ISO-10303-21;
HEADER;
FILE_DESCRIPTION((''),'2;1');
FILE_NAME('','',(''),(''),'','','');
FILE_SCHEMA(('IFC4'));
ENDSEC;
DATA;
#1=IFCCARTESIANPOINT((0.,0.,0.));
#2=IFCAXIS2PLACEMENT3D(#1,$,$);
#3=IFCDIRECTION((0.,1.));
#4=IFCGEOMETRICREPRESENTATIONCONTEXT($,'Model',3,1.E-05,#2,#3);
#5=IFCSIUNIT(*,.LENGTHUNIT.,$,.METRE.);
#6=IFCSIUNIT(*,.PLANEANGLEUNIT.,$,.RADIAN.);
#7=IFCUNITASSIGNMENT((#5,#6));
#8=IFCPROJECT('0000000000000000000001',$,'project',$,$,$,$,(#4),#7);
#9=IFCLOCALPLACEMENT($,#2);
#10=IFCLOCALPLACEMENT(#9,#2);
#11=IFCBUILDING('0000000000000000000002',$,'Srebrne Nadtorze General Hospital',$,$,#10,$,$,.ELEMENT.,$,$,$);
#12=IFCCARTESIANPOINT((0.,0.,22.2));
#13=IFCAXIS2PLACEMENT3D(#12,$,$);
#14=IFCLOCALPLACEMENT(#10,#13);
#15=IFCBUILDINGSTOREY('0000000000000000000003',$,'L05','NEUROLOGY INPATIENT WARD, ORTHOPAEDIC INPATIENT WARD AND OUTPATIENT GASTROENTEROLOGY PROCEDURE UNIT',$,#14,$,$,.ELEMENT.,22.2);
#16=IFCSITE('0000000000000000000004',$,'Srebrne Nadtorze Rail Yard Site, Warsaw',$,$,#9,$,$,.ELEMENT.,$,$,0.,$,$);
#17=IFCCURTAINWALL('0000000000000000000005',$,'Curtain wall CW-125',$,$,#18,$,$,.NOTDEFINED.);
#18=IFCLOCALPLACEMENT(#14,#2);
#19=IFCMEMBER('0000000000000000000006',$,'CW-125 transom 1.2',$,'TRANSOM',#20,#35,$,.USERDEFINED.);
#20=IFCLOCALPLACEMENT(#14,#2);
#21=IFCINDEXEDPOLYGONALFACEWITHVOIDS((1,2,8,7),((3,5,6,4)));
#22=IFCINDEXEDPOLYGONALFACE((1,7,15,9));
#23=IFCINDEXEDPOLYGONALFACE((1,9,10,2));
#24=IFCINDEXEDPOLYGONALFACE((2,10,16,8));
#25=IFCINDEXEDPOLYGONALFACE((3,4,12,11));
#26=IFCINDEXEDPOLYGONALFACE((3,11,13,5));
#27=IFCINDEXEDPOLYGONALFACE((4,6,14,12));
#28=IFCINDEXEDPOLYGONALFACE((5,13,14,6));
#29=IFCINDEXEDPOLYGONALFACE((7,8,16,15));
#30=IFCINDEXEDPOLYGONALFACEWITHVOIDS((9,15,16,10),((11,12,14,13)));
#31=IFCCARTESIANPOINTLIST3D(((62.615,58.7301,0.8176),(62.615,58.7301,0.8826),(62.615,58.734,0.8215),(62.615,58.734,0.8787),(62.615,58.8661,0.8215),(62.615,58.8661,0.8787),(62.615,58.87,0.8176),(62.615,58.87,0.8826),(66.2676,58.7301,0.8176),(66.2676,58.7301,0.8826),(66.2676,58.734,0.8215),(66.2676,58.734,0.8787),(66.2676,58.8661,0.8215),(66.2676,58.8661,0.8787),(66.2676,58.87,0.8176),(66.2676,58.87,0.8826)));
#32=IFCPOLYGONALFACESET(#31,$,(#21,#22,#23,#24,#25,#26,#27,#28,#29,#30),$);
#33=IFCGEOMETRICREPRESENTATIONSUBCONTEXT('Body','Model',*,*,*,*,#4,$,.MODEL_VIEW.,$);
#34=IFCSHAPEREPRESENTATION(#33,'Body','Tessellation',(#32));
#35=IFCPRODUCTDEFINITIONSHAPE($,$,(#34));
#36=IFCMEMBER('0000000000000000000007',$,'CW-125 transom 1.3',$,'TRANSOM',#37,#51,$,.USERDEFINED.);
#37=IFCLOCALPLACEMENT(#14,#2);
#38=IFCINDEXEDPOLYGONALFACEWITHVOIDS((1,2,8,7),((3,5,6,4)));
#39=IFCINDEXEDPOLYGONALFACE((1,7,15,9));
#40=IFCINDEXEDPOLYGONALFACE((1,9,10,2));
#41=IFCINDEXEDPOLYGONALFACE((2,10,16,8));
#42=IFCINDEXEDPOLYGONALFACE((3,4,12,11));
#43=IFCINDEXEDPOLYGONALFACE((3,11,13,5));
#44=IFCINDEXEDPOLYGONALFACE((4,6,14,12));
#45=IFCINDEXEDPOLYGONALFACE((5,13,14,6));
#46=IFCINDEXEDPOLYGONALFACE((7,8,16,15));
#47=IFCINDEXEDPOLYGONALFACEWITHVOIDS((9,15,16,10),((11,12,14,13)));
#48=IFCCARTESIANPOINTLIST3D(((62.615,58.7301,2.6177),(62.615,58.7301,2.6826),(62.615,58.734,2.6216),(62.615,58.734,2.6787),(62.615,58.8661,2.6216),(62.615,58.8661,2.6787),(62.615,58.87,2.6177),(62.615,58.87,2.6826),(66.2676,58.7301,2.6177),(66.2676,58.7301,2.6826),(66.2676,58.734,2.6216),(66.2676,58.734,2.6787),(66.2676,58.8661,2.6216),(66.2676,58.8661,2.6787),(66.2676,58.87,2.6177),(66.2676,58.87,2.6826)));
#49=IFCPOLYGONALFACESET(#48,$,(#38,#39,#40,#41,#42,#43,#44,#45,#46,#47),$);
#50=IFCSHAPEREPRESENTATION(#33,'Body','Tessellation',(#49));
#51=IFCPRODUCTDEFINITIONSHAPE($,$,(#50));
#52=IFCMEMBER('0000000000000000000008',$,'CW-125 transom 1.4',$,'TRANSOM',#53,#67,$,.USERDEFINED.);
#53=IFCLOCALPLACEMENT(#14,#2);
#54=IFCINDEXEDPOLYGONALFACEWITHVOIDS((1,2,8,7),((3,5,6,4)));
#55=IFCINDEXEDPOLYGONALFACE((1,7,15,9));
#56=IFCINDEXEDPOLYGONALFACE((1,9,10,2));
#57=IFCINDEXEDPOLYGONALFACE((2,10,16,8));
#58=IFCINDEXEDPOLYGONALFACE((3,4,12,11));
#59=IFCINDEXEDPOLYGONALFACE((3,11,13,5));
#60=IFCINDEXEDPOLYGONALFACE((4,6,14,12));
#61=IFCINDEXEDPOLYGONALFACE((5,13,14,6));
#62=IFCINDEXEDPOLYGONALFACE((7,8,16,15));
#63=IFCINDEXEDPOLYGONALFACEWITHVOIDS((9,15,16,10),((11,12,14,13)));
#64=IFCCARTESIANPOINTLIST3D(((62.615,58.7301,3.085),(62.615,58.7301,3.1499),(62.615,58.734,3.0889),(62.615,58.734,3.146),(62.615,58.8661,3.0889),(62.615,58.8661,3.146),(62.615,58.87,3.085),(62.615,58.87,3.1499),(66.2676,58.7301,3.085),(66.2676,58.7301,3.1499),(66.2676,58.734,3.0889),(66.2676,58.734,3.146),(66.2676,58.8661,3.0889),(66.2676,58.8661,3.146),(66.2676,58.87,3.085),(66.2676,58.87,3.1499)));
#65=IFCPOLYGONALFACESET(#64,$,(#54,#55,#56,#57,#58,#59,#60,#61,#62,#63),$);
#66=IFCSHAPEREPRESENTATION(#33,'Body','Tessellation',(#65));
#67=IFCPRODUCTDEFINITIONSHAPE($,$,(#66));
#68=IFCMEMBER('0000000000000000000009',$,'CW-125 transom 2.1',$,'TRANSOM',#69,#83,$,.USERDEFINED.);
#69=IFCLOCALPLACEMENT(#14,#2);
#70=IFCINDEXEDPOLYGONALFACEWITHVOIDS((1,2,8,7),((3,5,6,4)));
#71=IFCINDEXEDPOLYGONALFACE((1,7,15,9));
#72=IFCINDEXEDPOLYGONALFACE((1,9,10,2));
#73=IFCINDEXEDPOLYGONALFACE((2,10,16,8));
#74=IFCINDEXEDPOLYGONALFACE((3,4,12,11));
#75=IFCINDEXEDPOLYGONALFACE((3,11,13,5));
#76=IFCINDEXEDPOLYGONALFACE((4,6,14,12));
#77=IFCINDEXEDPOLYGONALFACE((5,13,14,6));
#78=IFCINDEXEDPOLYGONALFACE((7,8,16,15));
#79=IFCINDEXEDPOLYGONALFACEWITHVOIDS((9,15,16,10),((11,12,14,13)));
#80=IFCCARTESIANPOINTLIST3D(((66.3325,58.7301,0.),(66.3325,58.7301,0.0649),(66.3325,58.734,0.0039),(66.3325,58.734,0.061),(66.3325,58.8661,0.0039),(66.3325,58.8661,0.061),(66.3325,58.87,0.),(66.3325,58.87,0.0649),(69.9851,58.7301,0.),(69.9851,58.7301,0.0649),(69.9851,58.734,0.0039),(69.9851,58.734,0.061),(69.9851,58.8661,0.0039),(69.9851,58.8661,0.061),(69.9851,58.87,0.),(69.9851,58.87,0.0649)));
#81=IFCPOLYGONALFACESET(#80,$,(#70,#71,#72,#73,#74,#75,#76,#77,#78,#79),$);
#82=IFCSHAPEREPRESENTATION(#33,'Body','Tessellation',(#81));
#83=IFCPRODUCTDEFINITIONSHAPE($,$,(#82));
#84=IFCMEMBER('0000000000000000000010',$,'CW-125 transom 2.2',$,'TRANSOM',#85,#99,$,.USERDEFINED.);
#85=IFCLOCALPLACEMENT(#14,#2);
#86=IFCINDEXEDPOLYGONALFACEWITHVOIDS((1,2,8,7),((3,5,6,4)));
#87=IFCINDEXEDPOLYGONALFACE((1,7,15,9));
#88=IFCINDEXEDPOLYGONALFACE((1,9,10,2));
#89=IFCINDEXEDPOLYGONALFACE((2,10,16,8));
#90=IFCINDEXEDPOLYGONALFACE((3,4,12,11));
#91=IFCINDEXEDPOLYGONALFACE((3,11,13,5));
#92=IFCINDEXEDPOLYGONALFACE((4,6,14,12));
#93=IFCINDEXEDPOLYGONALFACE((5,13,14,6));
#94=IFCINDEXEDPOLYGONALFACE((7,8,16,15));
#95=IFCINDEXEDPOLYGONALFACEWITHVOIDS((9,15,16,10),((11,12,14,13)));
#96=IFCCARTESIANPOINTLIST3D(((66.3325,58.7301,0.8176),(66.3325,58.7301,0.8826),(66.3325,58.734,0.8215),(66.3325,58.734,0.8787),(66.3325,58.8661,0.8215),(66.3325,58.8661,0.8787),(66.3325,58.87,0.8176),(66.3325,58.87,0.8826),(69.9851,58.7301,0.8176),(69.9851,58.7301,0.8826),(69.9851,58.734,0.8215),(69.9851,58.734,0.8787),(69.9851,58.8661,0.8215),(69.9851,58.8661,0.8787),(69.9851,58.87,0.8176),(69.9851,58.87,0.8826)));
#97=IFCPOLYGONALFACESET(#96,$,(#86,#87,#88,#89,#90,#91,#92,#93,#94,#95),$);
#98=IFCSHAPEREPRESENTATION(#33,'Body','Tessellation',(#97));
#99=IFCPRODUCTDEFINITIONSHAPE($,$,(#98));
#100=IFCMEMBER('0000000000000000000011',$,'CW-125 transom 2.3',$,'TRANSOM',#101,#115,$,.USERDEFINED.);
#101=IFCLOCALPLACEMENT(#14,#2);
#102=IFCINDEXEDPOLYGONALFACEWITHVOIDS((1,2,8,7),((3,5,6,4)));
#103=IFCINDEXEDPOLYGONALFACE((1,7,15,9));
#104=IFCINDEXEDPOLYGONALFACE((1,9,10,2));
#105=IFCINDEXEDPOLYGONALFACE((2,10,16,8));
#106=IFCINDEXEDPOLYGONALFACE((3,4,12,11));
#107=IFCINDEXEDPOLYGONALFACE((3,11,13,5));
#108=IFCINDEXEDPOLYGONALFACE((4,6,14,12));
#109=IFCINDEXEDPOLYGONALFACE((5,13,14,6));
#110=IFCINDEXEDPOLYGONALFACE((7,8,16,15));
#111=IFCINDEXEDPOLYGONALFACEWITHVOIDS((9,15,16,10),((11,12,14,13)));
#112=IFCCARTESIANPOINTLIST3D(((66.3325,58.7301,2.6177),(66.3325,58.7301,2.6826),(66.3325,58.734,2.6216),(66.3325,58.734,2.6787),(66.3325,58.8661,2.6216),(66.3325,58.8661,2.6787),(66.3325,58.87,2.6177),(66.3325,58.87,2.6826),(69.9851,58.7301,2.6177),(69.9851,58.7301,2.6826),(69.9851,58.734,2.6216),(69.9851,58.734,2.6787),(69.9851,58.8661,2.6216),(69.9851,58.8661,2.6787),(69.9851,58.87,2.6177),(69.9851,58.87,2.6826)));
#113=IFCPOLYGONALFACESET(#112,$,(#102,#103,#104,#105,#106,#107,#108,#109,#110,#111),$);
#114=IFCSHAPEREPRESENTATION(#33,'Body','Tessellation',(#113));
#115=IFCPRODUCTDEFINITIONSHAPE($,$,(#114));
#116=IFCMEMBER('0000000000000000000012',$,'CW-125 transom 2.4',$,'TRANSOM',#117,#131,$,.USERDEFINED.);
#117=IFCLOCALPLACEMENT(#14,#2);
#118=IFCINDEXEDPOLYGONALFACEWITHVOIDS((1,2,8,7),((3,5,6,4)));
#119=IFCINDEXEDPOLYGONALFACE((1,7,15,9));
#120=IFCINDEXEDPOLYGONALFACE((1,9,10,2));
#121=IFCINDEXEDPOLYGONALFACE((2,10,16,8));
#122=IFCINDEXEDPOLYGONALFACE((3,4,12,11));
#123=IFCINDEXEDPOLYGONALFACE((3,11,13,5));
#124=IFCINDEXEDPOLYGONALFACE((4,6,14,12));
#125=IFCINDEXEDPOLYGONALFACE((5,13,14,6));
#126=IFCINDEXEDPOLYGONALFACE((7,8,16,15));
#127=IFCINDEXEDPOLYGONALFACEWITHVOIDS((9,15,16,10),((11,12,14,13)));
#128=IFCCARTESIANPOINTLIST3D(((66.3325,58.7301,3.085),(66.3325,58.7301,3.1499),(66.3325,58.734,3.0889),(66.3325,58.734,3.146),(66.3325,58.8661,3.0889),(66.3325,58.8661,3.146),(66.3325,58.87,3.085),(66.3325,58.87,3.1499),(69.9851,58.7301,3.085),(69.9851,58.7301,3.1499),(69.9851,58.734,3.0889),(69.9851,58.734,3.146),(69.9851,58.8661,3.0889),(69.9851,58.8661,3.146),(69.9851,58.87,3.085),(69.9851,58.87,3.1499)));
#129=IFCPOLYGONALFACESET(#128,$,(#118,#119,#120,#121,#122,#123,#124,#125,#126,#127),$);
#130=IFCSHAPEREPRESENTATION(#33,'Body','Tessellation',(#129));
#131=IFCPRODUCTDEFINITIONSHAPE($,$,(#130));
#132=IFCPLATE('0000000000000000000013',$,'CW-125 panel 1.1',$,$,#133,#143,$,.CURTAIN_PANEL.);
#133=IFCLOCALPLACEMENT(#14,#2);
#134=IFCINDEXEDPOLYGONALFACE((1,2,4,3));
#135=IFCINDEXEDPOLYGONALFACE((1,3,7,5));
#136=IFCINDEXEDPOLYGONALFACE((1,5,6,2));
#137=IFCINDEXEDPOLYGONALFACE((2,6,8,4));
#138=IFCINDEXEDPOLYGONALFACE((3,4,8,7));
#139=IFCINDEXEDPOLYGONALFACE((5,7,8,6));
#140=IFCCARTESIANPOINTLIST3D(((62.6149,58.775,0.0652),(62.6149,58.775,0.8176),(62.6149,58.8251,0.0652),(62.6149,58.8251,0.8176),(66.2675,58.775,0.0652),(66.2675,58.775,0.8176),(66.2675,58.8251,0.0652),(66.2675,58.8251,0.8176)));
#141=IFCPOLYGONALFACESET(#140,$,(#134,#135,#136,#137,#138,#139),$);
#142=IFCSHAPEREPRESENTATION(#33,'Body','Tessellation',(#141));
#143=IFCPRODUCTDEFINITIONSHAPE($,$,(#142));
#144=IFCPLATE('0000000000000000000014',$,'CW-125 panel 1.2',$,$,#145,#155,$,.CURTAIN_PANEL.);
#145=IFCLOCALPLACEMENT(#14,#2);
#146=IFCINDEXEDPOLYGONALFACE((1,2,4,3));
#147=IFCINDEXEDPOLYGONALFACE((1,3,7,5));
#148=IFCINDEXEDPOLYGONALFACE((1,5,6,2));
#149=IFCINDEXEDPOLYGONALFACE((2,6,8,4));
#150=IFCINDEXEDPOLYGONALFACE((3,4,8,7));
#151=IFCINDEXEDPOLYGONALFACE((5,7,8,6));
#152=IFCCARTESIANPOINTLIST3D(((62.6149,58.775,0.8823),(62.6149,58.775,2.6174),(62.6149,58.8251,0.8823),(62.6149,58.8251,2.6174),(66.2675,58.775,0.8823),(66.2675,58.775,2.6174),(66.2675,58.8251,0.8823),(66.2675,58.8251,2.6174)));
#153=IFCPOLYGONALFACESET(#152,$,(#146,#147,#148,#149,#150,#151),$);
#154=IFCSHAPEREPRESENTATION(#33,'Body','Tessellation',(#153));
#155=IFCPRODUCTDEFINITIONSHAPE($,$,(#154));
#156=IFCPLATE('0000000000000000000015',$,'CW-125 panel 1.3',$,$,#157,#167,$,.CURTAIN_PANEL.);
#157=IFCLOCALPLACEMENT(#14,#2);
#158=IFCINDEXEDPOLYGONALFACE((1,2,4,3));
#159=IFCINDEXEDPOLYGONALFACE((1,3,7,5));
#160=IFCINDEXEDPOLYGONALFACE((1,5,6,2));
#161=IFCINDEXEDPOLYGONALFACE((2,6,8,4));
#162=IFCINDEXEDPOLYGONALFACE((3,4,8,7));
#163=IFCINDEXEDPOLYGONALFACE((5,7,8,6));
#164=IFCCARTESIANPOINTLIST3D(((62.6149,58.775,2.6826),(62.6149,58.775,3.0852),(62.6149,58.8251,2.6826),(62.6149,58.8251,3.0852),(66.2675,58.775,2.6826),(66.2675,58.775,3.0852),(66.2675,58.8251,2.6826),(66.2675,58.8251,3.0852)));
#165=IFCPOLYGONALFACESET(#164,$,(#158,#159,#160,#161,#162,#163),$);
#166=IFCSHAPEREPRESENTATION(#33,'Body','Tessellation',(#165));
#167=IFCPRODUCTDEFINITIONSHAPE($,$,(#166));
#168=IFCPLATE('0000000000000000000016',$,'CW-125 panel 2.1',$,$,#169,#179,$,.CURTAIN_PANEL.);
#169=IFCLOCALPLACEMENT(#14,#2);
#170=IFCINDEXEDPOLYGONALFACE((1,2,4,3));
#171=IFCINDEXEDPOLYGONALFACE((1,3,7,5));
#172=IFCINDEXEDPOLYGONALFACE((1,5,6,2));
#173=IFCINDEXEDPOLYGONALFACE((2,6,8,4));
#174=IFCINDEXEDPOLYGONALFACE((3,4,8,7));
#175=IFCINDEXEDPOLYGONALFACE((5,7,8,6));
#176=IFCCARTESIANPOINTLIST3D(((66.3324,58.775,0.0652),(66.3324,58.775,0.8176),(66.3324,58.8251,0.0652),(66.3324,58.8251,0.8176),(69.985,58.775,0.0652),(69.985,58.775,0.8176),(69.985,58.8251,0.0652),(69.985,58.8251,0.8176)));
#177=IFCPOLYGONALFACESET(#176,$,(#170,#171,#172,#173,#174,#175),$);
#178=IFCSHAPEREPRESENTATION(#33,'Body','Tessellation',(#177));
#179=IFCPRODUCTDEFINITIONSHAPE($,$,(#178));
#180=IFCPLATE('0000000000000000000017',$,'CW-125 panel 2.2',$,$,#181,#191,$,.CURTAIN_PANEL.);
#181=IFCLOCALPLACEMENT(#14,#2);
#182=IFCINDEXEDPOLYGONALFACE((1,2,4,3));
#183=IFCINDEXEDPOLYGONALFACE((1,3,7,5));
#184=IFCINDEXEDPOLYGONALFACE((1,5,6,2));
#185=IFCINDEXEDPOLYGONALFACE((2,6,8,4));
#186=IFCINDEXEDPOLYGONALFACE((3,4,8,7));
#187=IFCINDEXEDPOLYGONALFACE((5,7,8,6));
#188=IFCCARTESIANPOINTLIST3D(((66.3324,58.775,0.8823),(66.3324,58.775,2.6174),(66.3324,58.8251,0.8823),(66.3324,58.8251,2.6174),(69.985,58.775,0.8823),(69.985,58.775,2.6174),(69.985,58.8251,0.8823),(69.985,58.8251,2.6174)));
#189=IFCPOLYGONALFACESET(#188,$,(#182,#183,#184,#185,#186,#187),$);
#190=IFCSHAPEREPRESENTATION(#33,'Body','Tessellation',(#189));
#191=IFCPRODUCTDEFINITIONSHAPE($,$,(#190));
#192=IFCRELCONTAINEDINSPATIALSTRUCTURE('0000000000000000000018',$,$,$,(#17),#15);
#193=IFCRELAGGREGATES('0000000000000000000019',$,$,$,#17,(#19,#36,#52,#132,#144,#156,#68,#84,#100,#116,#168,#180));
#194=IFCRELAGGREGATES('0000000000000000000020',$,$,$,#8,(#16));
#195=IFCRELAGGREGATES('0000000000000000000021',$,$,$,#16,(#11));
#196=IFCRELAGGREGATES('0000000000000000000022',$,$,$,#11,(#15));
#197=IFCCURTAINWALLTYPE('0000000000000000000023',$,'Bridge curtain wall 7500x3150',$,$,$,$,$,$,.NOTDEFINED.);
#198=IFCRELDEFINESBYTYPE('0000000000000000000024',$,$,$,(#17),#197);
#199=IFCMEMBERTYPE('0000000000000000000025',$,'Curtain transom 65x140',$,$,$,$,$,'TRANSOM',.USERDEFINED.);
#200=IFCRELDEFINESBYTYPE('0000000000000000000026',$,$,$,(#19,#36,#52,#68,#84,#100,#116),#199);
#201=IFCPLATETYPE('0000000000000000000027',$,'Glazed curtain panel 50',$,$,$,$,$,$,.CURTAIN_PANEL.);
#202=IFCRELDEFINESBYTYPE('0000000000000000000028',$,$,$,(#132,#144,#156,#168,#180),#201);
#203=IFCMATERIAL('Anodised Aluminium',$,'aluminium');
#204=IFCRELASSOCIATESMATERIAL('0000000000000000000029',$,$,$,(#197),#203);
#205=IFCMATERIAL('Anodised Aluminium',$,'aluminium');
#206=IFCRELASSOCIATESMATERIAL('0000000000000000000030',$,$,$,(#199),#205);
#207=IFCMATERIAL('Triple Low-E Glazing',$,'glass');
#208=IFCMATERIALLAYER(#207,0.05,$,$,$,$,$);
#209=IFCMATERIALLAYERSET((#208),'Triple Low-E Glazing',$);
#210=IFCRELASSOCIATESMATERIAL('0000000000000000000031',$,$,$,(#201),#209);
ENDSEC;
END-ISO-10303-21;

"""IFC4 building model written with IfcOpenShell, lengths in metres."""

from ifc_helpers import new_model, si_unit, direction, frame, origin, origin_2d, place, context, subcontext, project, spatial, rectangle, hollow_rectangle, extrude, material, layer, layer_set, material_profile, profile_set, type_object, element, aggregate, save


model = new_model("IFC4")

# Units and contexts
model_context = context("Model", 3, precision=1e-05, world=origin(), true_north=direction((0.0, 1.0)))
body_context = subcontext(model_context, "Body", "Model", "MODEL_VIEW")
ifc_project = project(units=[si_unit("LENGTHUNIT", "METRE"), si_unit("PLANEANGLEUNIT", "RADIAN")], contexts=[model_context])

# Site, building, storey
site_placement = place(None, origin())
site = spatial("IfcSite", under=ifc_project, at=site_placement, Name="Srebrne Nadtorze Rail Yard Site, Warsaw", CompositionType="ELEMENT", RefElevation=0.0)
building_placement = place(site_placement, origin())
building = spatial("IfcBuilding", under=site, at=building_placement, Name="Srebrne Nadtorze General Hospital", CompositionType="ELEMENT")
storey_placement = place(building_placement, frame((0.0, 0.0, 22.2)))
storey = spatial("IfcBuildingStorey", under=building, at=storey_placement, Name="L05", Description="NEUROLOGY INPATIENT WARD, ORTHOPAEDIC INPATIENT WARD AND OUTPATIENT GASTROENTEROLOGY PROCEDURE UNIT", CompositionType="ELEMENT", Elevation=22.2)

# Curtain wall, members, plates
ifc_material_1 = material(Name="Anodised Aluminium", Category="aluminium")
curtain_wall_type_1 = type_object("IfcCurtainWallType", Name="Bridge curtain wall 7500x3150", PredefinedType="NOTDEFINED", material=ifc_material_1)
curtain_wall_1_placement = place(storey_placement, origin())
curtain_wall_1 = element("IfcCurtainWall", 1, at=curtain_wall_1_placement, inside=storey, type_object=curtain_wall_type_1, Name="Curtain wall CW-125", PredefinedType="NOTDEFINED")
ifc_material_2 = material(Name="Anodised Aluminium", Category="aluminium")
ifc_material_profile_1 = material_profile(ifc_material_2, hollow_rectangle(XDim=0.0649, YDim=0.1399, WallThickness=0.0039, at=origin_2d()), Name="AL-TRN-65x140")
ifc_profile_set_1 = profile_set([ifc_material_profile_1], Name="Anodised Aluminium")
member_type_1 = type_object("IfcMemberType", Name="Curtain transom 65x140", ElementType="TRANSOM", PredefinedType="USERDEFINED", material=ifc_profile_set_1)
member_1_placement = place(storey_placement, frame((62.615, 58.8, 0.8501), z_axis=(1.0, 0.0, 0.0), x_axis=(0.0, 0.0, 1.0)))
member_1 = element("IfcMember", 2, at=member_1_placement, type_object=member_type_1, Name="CW-125 transom 1.2", ObjectType="TRANSOM", PredefinedType="USERDEFINED", context=body_context, shape_type="SweptSolid", body=[
    extrude(hollow_rectangle(XDim=0.0649, YDim=0.1399, WallThickness=0.0039, at=origin_2d()), origin(), (0.0, 0.0, 1.0), 3.6526),
])
member_2_placement = place(storey_placement, frame((62.615, 58.8, 2.6501), z_axis=(1.0, 0.0, 0.0), x_axis=(0.0, 0.0, 1.0)))
member_2 = element("IfcMember", 3, at=member_2_placement, type_object=member_type_1, Name="CW-125 transom 1.3", ObjectType="TRANSOM", PredefinedType="USERDEFINED", context=body_context, shape_type="SweptSolid", body=[
    extrude(hollow_rectangle(XDim=0.0649, YDim=0.1399, WallThickness=0.0039, at=origin_2d()), origin(), (0.0, 0.0, 1.0), 3.6526),
])
member_3_placement = place(storey_placement, frame((62.615, 58.8, 3.1174), z_axis=(1.0, 0.0, 0.0), x_axis=(0.0, 0.0, 1.0)))
member_3 = element("IfcMember", 4, at=member_3_placement, type_object=member_type_1, Name="CW-125 transom 1.4", ObjectType="TRANSOM", PredefinedType="USERDEFINED", context=body_context, shape_type="SweptSolid", body=[
    extrude(hollow_rectangle(XDim=0.0649, YDim=0.1399, WallThickness=0.0039, at=origin_2d()), origin(), (0.0, 0.0, 1.0), 3.6526),
])
member_4_placement = place(storey_placement, frame((66.3325, 58.8, 0.0325), z_axis=(1.0, 0.0, 0.0), x_axis=(0.0, 0.0, 1.0)))
member_4 = element("IfcMember", 5, at=member_4_placement, type_object=member_type_1, Name="CW-125 transom 2.1", ObjectType="TRANSOM", PredefinedType="USERDEFINED", context=body_context, shape_type="SweptSolid", body=[
    extrude(hollow_rectangle(XDim=0.0649, YDim=0.1399, WallThickness=0.0039, at=origin_2d()), origin(), (0.0, 0.0, 1.0), 3.6526),
])
member_5_placement = place(storey_placement, frame((66.3325, 58.8, 0.8501), z_axis=(1.0, 0.0, 0.0), x_axis=(0.0, 0.0, 1.0)))
member_5 = element("IfcMember", 6, at=member_5_placement, type_object=member_type_1, Name="CW-125 transom 2.2", ObjectType="TRANSOM", PredefinedType="USERDEFINED", context=body_context, shape_type="SweptSolid", body=[
    extrude(hollow_rectangle(XDim=0.0649, YDim=0.1399, WallThickness=0.0039, at=origin_2d()), origin(), (0.0, 0.0, 1.0), 3.6526),
])
member_6_placement = place(storey_placement, frame((66.3325, 58.8, 2.6501), z_axis=(1.0, 0.0, 0.0), x_axis=(0.0, 0.0, 1.0)))
member_6 = element("IfcMember", 7, at=member_6_placement, type_object=member_type_1, Name="CW-125 transom 2.3", ObjectType="TRANSOM", PredefinedType="USERDEFINED", context=body_context, shape_type="SweptSolid", body=[
    extrude(hollow_rectangle(XDim=0.0649, YDim=0.1399, WallThickness=0.0039, at=origin_2d()), origin(), (0.0, 0.0, 1.0), 3.6526),
])
member_7_placement = place(storey_placement, frame((66.3325, 58.8, 3.1174), z_axis=(1.0, 0.0, 0.0), x_axis=(0.0, 0.0, 1.0)))
member_7 = element("IfcMember", 8, at=member_7_placement, type_object=member_type_1, Name="CW-125 transom 2.4", ObjectType="TRANSOM", PredefinedType="USERDEFINED", context=body_context, shape_type="SweptSolid", body=[
    extrude(hollow_rectangle(XDim=0.0649, YDim=0.1399, WallThickness=0.0039, at=origin_2d()), origin(), (0.0, 0.0, 1.0), 3.6526),
])
ifc_material_3 = material(Name="Triple Low-E Glazing", Category="glass")
ifc_layer = layer(ifc_material_3, 0.05)
ifc_layer_set = layer_set([ifc_layer], Name="Triple Low-E Glazing")
plate_type = type_object("IfcPlateType", Name="Glazed curtain panel 50", PredefinedType="CURTAIN_PANEL", material=ifc_layer_set)
plate_1_placement = place(storey_placement, frame((64.4412, 58.8, 0.0652), z_axis=(0.0, 0.0, 1.0), x_axis=(1.0, 0.0, 0.0)))
plate_1 = element("IfcPlate", 9, at=plate_1_placement, type_object=plate_type, Name="CW-125 panel 1.1", PredefinedType="CURTAIN_PANEL", context=body_context, shape_type="SweptSolid", body=[
    extrude(rectangle(XDim=3.6526, YDim=0.05, at=origin_2d()), origin(), (0.0, 0.0, 1.0), 0.7524),
])
plate_2_placement = place(storey_placement, frame((64.4412, 58.8, 0.8823), z_axis=(0.0, 0.0, 1.0), x_axis=(1.0, 0.0, 0.0)))
plate_2 = element("IfcPlate", 10, at=plate_2_placement, type_object=plate_type, Name="CW-125 panel 1.2", PredefinedType="CURTAIN_PANEL", context=body_context, shape_type="SweptSolid", body=[
    extrude(rectangle(XDim=3.6526, YDim=0.05, at=origin_2d()), origin(), (0.0, 0.0, 1.0), 1.7351),
])
plate_3_placement = place(storey_placement, frame((64.4412, 58.8, 2.6826), z_axis=(0.0, 0.0, 1.0), x_axis=(1.0, 0.0, 0.0)))
plate_3 = element("IfcPlate", 11, at=plate_3_placement, type_object=plate_type, Name="CW-125 panel 1.3", PredefinedType="CURTAIN_PANEL", context=body_context, shape_type="SweptSolid", body=[
    extrude(rectangle(XDim=3.6526, YDim=0.05, at=origin_2d()), origin(), (0.0, 0.0, 1.0), 0.4026),
])
plate_4_placement = place(storey_placement, frame((68.1587, 58.8, 0.0652), z_axis=(0.0, 0.0, 1.0), x_axis=(1.0, 0.0, 0.0)))
plate_4 = element("IfcPlate", 12, at=plate_4_placement, type_object=plate_type, Name="CW-125 panel 2.1", PredefinedType="CURTAIN_PANEL", context=body_context, shape_type="SweptSolid", body=[
    extrude(rectangle(XDim=3.6526, YDim=0.05, at=origin_2d()), origin(), (0.0, 0.0, 1.0), 0.7524),
])
plate_5_placement = place(storey_placement, frame((68.1587, 58.8, 0.8823), z_axis=(0.0, 0.0, 1.0), x_axis=(1.0, 0.0, 0.0)))
plate_5 = element("IfcPlate", 13, at=plate_5_placement, type_object=plate_type, Name="CW-125 panel 2.2", PredefinedType="CURTAIN_PANEL", context=body_context, shape_type="SweptSolid", body=[
    extrude(rectangle(XDim=3.6526, YDim=0.05, at=origin_2d()), origin(), (0.0, 0.0, 1.0), 1.7351),
])
aggregate(curtain_wall_1, [member_1, member_2, member_3, plate_1, plate_2, plate_3, member_4, member_5, member_6, member_7, plate_4, plate_5])

save(model, "model.ifc")
